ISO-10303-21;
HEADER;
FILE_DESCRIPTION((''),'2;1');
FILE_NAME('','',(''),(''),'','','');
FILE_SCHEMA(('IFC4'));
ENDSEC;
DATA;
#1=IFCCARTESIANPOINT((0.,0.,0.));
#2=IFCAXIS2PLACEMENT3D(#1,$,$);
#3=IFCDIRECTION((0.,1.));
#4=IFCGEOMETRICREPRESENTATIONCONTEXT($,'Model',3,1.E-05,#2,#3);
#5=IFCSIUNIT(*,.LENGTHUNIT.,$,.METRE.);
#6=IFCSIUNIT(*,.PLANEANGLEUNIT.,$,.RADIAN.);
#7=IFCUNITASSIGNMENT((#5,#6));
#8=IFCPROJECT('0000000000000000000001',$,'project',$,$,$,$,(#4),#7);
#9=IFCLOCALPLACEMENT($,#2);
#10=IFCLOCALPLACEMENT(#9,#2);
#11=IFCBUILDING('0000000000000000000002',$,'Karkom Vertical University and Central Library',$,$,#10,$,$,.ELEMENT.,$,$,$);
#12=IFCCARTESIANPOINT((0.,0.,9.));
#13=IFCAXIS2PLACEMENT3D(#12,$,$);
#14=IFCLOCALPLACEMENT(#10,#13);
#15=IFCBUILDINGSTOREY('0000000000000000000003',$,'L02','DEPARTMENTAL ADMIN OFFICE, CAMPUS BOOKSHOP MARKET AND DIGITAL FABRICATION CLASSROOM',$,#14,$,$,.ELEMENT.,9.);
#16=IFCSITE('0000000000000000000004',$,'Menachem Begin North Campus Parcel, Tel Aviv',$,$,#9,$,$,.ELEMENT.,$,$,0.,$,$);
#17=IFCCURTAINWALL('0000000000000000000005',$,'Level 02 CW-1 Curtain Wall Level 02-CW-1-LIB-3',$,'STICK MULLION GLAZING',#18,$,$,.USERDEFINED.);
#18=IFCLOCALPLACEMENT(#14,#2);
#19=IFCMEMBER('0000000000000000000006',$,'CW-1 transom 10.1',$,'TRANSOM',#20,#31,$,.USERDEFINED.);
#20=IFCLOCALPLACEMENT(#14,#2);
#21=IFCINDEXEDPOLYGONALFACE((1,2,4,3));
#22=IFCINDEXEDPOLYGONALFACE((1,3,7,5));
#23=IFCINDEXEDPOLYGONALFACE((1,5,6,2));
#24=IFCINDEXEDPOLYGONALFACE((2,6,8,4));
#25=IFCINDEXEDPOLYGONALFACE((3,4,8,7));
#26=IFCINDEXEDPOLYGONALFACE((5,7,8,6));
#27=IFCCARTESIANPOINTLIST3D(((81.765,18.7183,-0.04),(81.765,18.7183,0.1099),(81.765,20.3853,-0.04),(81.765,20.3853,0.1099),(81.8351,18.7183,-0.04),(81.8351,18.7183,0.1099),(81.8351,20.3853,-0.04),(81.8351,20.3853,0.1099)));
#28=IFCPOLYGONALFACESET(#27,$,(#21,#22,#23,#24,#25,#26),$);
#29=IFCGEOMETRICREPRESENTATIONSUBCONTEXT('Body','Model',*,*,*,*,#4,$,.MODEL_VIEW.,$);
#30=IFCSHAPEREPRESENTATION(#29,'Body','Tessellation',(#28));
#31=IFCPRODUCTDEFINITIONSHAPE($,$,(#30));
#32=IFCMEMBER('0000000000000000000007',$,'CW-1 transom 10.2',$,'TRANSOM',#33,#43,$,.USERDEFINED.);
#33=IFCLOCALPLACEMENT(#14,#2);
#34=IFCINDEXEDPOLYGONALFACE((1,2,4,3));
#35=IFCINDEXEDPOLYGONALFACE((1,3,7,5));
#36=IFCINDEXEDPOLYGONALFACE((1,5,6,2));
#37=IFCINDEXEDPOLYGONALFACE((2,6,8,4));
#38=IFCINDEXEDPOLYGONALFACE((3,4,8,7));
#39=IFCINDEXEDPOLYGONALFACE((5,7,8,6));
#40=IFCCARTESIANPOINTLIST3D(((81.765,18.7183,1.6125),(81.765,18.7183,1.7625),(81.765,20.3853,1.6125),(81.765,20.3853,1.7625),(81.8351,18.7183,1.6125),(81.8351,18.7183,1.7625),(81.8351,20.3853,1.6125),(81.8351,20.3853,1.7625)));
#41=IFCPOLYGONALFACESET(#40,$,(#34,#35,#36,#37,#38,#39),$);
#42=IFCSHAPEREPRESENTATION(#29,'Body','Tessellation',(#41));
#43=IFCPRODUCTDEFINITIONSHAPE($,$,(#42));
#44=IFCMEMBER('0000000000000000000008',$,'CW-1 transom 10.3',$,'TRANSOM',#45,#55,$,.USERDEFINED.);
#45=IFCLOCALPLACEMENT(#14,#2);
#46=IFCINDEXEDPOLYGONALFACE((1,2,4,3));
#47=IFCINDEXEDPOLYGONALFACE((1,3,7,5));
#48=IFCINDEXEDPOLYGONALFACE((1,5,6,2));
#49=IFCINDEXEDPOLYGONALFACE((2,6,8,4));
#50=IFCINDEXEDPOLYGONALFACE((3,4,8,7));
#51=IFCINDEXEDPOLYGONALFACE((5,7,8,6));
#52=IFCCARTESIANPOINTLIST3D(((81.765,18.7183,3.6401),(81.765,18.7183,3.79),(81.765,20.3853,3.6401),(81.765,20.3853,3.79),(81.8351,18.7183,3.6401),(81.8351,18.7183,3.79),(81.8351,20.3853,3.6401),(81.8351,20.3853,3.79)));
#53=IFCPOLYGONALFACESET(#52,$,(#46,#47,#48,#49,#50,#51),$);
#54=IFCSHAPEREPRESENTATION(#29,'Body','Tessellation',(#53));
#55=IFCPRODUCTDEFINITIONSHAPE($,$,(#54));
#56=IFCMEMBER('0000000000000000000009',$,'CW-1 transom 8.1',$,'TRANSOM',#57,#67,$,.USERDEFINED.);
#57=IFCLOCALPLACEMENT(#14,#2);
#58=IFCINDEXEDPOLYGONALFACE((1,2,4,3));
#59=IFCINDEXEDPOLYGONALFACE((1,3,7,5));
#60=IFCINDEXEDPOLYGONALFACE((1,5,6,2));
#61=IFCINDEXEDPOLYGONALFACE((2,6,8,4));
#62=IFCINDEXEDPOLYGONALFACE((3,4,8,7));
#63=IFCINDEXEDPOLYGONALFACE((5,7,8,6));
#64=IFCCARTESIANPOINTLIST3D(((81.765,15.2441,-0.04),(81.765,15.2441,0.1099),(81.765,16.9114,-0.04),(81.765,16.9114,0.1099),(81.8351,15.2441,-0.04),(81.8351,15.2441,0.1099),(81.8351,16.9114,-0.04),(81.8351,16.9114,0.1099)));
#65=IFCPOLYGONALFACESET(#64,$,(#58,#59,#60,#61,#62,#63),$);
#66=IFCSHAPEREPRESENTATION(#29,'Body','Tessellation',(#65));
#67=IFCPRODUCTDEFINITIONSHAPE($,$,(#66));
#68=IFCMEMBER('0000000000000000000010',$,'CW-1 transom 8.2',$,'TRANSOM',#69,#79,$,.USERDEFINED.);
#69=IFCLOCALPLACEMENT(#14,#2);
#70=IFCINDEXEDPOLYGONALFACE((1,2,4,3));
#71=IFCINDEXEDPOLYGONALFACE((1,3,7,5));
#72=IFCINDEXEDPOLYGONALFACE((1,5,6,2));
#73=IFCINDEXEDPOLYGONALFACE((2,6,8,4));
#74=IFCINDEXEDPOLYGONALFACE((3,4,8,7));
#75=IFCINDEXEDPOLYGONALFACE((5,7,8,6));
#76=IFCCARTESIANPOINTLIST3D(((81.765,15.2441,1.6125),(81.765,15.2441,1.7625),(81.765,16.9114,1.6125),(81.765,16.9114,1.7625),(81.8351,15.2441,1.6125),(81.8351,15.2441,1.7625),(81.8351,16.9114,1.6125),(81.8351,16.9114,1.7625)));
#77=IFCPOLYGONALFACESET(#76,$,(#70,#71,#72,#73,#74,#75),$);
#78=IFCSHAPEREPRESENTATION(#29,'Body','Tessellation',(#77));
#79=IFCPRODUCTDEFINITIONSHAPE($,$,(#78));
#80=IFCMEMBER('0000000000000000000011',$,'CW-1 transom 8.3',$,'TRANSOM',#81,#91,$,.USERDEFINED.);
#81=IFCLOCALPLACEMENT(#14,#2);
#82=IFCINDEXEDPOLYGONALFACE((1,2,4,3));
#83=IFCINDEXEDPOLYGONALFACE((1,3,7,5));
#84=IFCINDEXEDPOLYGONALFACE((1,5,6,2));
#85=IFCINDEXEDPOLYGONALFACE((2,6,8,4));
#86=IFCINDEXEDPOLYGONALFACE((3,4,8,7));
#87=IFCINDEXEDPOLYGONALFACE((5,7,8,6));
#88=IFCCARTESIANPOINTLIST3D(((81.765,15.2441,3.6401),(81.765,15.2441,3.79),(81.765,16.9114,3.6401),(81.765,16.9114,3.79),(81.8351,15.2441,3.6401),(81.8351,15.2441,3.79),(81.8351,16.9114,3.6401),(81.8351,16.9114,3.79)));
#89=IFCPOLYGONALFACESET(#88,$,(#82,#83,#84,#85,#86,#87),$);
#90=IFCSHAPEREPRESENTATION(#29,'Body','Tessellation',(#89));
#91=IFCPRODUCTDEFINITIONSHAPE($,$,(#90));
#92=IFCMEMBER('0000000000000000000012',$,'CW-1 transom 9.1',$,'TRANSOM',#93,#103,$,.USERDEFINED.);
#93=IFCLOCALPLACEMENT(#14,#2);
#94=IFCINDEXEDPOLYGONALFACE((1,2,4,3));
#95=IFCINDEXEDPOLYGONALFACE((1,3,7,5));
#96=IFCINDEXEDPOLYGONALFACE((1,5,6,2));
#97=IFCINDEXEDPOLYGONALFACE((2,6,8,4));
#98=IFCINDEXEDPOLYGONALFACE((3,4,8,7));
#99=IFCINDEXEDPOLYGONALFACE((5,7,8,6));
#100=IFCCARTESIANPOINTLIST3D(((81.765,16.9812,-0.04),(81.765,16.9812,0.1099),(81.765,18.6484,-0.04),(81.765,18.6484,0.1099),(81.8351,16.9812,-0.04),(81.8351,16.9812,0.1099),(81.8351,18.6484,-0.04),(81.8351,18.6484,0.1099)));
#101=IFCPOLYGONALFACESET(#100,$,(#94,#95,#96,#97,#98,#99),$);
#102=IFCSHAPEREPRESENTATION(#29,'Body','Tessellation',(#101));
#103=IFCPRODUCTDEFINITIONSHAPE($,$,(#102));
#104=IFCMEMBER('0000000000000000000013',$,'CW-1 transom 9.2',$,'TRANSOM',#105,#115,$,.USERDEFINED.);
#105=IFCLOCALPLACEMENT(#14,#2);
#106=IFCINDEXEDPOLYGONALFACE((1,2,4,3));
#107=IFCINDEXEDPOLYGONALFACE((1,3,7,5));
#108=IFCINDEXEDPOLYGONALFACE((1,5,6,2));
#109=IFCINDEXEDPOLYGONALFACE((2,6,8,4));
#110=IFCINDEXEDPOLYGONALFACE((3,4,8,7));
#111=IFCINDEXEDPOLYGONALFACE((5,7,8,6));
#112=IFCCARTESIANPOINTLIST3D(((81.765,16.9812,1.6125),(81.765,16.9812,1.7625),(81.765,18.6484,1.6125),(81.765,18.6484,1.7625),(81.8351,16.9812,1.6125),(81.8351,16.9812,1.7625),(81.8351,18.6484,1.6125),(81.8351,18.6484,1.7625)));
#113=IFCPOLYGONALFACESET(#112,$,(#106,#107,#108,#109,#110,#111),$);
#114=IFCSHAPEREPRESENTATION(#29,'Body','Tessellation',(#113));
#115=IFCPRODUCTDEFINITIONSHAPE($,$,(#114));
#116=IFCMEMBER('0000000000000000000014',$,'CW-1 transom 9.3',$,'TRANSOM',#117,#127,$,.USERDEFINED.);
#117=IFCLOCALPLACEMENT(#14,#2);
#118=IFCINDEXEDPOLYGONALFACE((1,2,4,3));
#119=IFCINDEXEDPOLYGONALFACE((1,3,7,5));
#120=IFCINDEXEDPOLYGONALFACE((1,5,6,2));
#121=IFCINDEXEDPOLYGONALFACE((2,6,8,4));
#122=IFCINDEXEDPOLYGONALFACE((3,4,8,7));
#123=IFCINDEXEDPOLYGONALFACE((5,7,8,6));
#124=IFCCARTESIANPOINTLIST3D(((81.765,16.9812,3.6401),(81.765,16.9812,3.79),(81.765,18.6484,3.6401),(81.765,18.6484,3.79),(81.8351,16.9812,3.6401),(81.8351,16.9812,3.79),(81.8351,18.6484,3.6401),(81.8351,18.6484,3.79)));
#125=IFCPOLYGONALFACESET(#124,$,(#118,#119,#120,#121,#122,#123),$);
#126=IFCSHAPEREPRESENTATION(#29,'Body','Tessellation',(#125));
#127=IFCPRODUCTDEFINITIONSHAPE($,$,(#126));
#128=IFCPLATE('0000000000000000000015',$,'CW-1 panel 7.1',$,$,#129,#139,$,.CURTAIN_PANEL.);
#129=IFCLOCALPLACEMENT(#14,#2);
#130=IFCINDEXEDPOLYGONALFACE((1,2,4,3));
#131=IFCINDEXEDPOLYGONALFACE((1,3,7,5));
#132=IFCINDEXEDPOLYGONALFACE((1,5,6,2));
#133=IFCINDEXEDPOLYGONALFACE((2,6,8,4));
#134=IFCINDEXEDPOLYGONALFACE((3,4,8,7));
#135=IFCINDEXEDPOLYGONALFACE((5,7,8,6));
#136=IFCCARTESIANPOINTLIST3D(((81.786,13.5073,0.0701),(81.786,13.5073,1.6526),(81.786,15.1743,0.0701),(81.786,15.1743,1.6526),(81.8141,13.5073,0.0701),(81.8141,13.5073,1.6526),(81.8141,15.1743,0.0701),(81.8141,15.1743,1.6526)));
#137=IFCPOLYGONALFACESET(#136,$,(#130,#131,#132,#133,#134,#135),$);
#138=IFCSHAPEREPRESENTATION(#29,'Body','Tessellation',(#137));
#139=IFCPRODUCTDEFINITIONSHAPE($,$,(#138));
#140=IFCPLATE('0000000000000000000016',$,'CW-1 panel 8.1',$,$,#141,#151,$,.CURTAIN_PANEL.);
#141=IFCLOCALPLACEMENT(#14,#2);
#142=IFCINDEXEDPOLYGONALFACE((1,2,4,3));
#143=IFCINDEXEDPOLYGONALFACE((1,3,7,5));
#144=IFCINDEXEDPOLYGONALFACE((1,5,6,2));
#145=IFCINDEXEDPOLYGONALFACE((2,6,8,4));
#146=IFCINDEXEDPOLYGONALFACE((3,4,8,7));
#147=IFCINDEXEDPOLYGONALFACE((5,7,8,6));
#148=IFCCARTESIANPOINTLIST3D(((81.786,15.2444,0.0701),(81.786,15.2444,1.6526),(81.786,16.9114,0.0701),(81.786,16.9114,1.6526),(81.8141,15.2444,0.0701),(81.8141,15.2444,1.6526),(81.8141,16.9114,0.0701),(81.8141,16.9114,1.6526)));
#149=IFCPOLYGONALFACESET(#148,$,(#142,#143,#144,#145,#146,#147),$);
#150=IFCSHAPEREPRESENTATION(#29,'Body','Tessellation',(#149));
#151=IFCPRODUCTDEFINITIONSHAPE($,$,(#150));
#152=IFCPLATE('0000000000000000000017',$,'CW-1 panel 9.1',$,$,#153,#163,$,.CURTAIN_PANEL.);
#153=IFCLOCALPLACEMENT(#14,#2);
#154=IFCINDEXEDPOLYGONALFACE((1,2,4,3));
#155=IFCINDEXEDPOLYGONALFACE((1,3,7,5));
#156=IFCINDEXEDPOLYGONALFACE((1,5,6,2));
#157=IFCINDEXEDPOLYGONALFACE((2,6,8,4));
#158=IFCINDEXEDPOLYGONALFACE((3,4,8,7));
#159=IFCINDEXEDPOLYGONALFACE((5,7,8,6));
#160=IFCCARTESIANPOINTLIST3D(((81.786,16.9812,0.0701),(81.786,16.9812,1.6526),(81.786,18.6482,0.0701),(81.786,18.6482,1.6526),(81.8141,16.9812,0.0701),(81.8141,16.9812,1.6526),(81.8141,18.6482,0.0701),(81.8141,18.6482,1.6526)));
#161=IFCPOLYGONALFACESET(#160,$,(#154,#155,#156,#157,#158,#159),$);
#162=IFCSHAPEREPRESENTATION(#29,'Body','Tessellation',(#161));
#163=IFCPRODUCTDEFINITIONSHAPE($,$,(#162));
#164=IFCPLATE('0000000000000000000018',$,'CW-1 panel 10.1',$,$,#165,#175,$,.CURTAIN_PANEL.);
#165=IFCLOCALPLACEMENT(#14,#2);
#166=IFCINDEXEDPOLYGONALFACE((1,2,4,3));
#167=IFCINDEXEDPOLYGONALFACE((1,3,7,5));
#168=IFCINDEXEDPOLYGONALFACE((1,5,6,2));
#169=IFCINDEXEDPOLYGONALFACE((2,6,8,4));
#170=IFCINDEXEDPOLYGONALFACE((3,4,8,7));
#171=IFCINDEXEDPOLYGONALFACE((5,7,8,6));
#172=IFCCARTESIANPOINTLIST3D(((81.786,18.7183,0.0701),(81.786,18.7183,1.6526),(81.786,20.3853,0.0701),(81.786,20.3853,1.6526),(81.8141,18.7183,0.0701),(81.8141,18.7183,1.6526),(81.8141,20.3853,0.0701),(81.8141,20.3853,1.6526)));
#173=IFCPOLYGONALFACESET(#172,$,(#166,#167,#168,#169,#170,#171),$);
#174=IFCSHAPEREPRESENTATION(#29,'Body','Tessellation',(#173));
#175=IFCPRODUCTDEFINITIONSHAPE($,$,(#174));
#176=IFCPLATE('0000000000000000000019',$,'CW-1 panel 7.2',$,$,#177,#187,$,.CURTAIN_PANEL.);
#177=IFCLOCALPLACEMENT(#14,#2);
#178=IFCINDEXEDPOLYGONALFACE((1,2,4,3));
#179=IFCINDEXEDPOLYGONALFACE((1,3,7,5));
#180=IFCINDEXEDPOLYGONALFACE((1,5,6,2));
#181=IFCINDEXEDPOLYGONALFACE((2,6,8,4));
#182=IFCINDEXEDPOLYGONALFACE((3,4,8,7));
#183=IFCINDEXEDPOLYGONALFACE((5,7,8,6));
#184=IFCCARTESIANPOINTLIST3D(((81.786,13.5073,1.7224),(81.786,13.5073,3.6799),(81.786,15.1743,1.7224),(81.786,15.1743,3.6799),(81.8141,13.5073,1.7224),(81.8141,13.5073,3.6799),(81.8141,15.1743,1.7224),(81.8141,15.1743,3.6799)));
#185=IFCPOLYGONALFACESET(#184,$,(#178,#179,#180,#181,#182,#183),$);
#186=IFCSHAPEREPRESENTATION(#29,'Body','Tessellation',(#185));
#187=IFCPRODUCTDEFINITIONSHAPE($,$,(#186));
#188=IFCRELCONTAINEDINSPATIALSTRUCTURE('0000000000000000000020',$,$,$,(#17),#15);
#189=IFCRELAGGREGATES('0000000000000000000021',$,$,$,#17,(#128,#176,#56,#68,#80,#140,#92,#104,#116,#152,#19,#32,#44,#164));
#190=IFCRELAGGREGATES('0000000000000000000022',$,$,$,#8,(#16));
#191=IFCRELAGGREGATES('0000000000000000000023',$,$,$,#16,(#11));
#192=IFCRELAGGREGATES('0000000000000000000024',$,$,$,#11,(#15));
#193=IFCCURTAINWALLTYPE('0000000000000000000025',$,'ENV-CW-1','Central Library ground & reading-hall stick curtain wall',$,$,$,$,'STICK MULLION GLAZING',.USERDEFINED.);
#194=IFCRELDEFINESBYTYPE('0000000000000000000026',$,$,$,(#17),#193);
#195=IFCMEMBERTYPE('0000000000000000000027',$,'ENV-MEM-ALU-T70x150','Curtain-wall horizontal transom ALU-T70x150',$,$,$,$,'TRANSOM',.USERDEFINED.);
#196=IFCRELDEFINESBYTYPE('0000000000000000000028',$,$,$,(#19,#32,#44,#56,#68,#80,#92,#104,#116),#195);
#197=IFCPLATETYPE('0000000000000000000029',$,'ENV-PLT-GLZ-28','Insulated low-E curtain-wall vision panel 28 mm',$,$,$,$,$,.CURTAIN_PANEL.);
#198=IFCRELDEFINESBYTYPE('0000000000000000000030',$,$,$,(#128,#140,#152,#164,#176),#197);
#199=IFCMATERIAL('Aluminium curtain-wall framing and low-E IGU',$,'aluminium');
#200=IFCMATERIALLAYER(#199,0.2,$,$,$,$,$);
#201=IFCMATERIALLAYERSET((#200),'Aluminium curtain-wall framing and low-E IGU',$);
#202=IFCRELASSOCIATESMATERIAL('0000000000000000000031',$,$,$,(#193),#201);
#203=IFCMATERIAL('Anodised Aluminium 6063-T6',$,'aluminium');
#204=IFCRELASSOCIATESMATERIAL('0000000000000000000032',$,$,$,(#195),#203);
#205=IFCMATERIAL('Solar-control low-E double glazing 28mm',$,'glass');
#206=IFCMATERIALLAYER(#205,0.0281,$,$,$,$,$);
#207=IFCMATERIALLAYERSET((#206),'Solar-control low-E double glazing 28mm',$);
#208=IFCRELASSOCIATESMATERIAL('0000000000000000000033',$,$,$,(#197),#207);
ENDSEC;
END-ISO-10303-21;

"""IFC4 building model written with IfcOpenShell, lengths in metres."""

from ifc_helpers import new_model, si_unit, direction, frame, origin, origin_with_axes, origin_2d, place, context, subcontext, project, spatial, rectangle, extrude, source, transform, mapped, material, layer, layer_set, material_profile, profile_set, type_object, element, aggregate, save


model = new_model("IFC4")

# Units and contexts
model_context = context("Model", 3, precision=1e-05, world=origin(), true_north=direction((0.0, 1.0)))
body_context = subcontext(model_context, "Body", "Model", "MODEL_VIEW")
ifc_project = project(units=[si_unit("LENGTHUNIT", "METRE"), si_unit("PLANEANGLEUNIT", "RADIAN")], contexts=[model_context])

# Site, building, storey
site_placement = place(None, origin())
site = spatial("IfcSite", under=ifc_project, at=site_placement, Name="Menachem Begin North Campus Parcel, Tel Aviv", CompositionType="ELEMENT", RefElevation=0.0)
building_placement = place(site_placement, origin())
building = spatial("IfcBuilding", under=site, at=building_placement, Name="Karkom Vertical University and Central Library", CompositionType="ELEMENT")
storey_placement = place(building_placement, frame((0.0, 0.0, 9.0)))
storey = spatial("IfcBuildingStorey", under=building, at=storey_placement, Name="L02", Description="DEPARTMENTAL ADMIN OFFICE, CAMPUS BOOKSHOP MARKET AND DIGITAL FABRICATION CLASSROOM", CompositionType="ELEMENT", Elevation=9.0)

# Curtain wall, members, plates
ifc_material_1 = material(Name="Aluminium curtain-wall framing and low-E IGU", Category="aluminium")
ifc_layer_1 = layer(ifc_material_1, 0.2)
ifc_layer_set_1 = layer_set([ifc_layer_1], Name="Aluminium curtain-wall framing and low-E IGU")
curtain_wall_type = type_object("IfcCurtainWallType", Name="ENV-CW-1", Description="Central Library ground & reading-hall stick curtain wall", ElementType="STICK MULLION GLAZING", PredefinedType="USERDEFINED", material=ifc_layer_set_1)
curtain_wall_placement = place(storey_placement, origin())
curtain_wall = element("IfcCurtainWall", 1, at=curtain_wall_placement, inside=storey, type_object=curtain_wall_type, Name="Level 02 CW-1 Curtain Wall Level 02-CW-1-LIB-3", ObjectType="STICK MULLION GLAZING", PredefinedType="USERDEFINED")
ifc_material_2 = material(Name="Anodised Aluminium 6063-T6", Category="aluminium")
ifc_material_profile_1 = material_profile(ifc_material_2, rectangle(XDim=0.0701, YDim=0.1499, at=origin_2d()), Name="ALU-T70x150")
ifc_profile_set_1 = profile_set([ifc_material_profile_1], Name="Anodised Aluminium 6063-T6")
member_type_1 = type_object("IfcMemberType", Name="ENV-MEM-ALU-T70x150", Description="Curtain-wall horizontal transom ALU-T70x150", ElementType="TRANSOM", PredefinedType="USERDEFINED", material=ifc_profile_set_1)
shared_shape_1 = source(origin_with_axes(), body_context, "Body", "SweptSolid", [
    extrude(rectangle(XDim=0.0701, YDim=0.1499, at=origin_2d()), origin(), (0.0, 0.0, 1.0), 1.667),
])
member_1_placement = place(storey_placement, frame((81.8, 18.7183, 0.0349), z_axis=(0.0, 1.0, 0.0), x_axis=(-1.0, 0.0, 0.0)))
member_1 = element("IfcMember", 2, at=member_1_placement, type_object=member_type_1, Name="CW-1 transom 10.1", ObjectType="TRANSOM", PredefinedType="USERDEFINED", context=body_context, shape_type="MappedRepresentation", body=[
    mapped(shared_shape_1, transform((0.0, 0.0, 0.0), scale=1.0)),
])
member_2_placement = place(storey_placement, frame((81.8, 18.7183, 1.6875), z_axis=(0.0, 1.0, 0.0), x_axis=(-1.0, 0.0, 0.0)))
member_2 = element("IfcMember", 3, at=member_2_placement, type_object=member_type_1, Name="CW-1 transom 10.2", ObjectType="TRANSOM", PredefinedType="USERDEFINED", context=body_context, shape_type="MappedRepresentation", body=[
    mapped(shared_shape_1, transform((0.0, 0.0, 0.0), scale=1.0)),
])
member_3_placement = place(storey_placement, frame((81.8, 18.7183, 3.7151), z_axis=(0.0, 1.0, 0.0), x_axis=(-1.0, 0.0, 0.0)))
member_3 = element("IfcMember", 4, at=member_3_placement, type_object=member_type_1, Name="CW-1 transom 10.3", ObjectType="TRANSOM", PredefinedType="USERDEFINED", context=body_context, shape_type="MappedRepresentation", body=[
    mapped(shared_shape_1, transform((0.0, 0.0, 0.0), scale=1.0)),
])
shared_shape_2 = source(origin_with_axes(), body_context, "Body", "SweptSolid", [
    extrude(rectangle(XDim=0.0701, YDim=0.1499, at=origin_2d()), origin(), (0.0, 0.0, 1.0), 1.6672),
])
member_4_placement = place(storey_placement, frame((81.8, 15.2441, 0.0349), z_axis=(0.0, 1.0, 0.0), x_axis=(-1.0, 0.0, 0.0)))
member_4 = element("IfcMember", 5, at=member_4_placement, type_object=member_type_1, Name="CW-1 transom 8.1", ObjectType="TRANSOM", PredefinedType="USERDEFINED", context=body_context, shape_type="MappedRepresentation", body=[
    mapped(shared_shape_2, transform((0.0, 0.0, 0.0), scale=1.0)),
])
member_5_placement = place(storey_placement, frame((81.8, 15.2441, 1.6875), z_axis=(0.0, 1.0, 0.0), x_axis=(-1.0, 0.0, 0.0)))
member_5 = element("IfcMember", 6, at=member_5_placement, type_object=member_type_1, Name="CW-1 transom 8.2", ObjectType="TRANSOM", PredefinedType="USERDEFINED", context=body_context, shape_type="MappedRepresentation", body=[
    mapped(shared_shape_2, transform((0.0, 0.0, 0.0), scale=1.0)),
])
member_6_placement = place(storey_placement, frame((81.8, 15.2441, 3.7151), z_axis=(0.0, 1.0, 0.0), x_axis=(-1.0, 0.0, 0.0)))
member_6 = element("IfcMember", 7, at=member_6_placement, type_object=member_type_1, Name="CW-1 transom 8.3", ObjectType="TRANSOM", PredefinedType="USERDEFINED", context=body_context, shape_type="MappedRepresentation", body=[
    mapped(shared_shape_2, transform((0.0, 0.0, 0.0), scale=1.0)),
])
member_7_placement = place(storey_placement, frame((81.8, 16.9812, 0.0349), z_axis=(0.0, 1.0, 0.0), x_axis=(-1.0, 0.0, 0.0)))
member_7 = element("IfcMember", 8, at=member_7_placement, type_object=member_type_1, Name="CW-1 transom 9.1", ObjectType="TRANSOM", PredefinedType="USERDEFINED", context=body_context, shape_type="MappedRepresentation", body=[
    mapped(shared_shape_2, transform((0.0, 0.0, 0.0), scale=1.0)),
])
member_8_placement = place(storey_placement, frame((81.8, 16.9812, 1.6875), z_axis=(0.0, 1.0, 0.0), x_axis=(-1.0, 0.0, 0.0)))
member_8 = element("IfcMember", 9, at=member_8_placement, type_object=member_type_1, Name="CW-1 transom 9.2", ObjectType="TRANSOM", PredefinedType="USERDEFINED", context=body_context, shape_type="MappedRepresentation", body=[
    mapped(shared_shape_2, transform((0.0, 0.0, 0.0), scale=1.0)),
])
member_9_placement = place(storey_placement, frame((81.8, 16.9812, 3.7151), z_axis=(0.0, 1.0, 0.0), x_axis=(-1.0, 0.0, 0.0)))
member_9 = element("IfcMember", 10, at=member_9_placement, type_object=member_type_1, Name="CW-1 transom 9.3", ObjectType="TRANSOM", PredefinedType="USERDEFINED", context=body_context, shape_type="MappedRepresentation", body=[
    mapped(shared_shape_2, transform((0.0, 0.0, 0.0), scale=1.0)),
])
ifc_material_3 = material(Name="Solar-control low-E double glazing 28mm", Category="glass")
ifc_layer_2 = layer(ifc_material_3, 0.0281)
ifc_layer_set_2 = layer_set([ifc_layer_2], Name="Solar-control low-E double glazing 28mm")
plate_type = type_object("IfcPlateType", Name="ENV-PLT-GLZ-28", Description="Insulated low-E curtain-wall vision panel 28 mm", PredefinedType="CURTAIN_PANEL", material=ifc_layer_set_2)
shared_shape_3 = source(origin_with_axes(), body_context, "Body", "SweptSolid", [
    extrude(rectangle(XDim=1.667, YDim=0.0281, at=origin_2d()), origin(), (0.0, 0.0, 1.0), 1.5825),
])
plate_1_placement = place(storey_placement, frame((81.8, 14.3408, 0.0701), z_axis=(0.0, 0.0, 1.0), x_axis=(0.0, 1.0, 0.0)))
plate_1 = element("IfcPlate", 11, at=plate_1_placement, type_object=plate_type, Name="CW-1 panel 7.1", PredefinedType="CURTAIN_PANEL", context=body_context, shape_type="MappedRepresentation", body=[
    mapped(shared_shape_3, transform((0.0, 0.0, 0.0), scale=1.0)),
])
plate_2_placement = place(storey_placement, frame((81.8, 16.0779, 0.0701), z_axis=(0.0, 0.0, 1.0), x_axis=(0.0, 1.0, 0.0)))
plate_2 = element("IfcPlate", 12, at=plate_2_placement, type_object=plate_type, Name="CW-1 panel 8.1", PredefinedType="CURTAIN_PANEL", context=body_context, shape_type="MappedRepresentation", body=[
    mapped(shared_shape_3, transform((0.0, 0.0, 0.0), scale=1.0)),
])
plate_3_placement = place(storey_placement, frame((81.8, 17.8147, 0.0701), z_axis=(0.0, 0.0, 1.0), x_axis=(0.0, 1.0, 0.0)))
plate_3 = element("IfcPlate", 13, at=plate_3_placement, type_object=plate_type, Name="CW-1 panel 9.1", PredefinedType="CURTAIN_PANEL", context=body_context, shape_type="MappedRepresentation", body=[
    mapped(shared_shape_3, transform((0.0, 0.0, 0.0), scale=1.0)),
])
plate_4_placement = place(storey_placement, frame((81.8, 19.5518, 0.0701), z_axis=(0.0, 0.0, 1.0), x_axis=(0.0, 1.0, 0.0)))
plate_4 = element("IfcPlate", 14, at=plate_4_placement, type_object=plate_type, Name="CW-1 panel 10.1", PredefinedType="CURTAIN_PANEL", context=body_context, shape_type="MappedRepresentation", body=[
    mapped(shared_shape_3, transform((0.0, 0.0, 0.0), scale=1.0)),
])
shared_shape_4 = source(origin_with_axes(), body_context, "Body", "SweptSolid", [
    extrude(rectangle(XDim=1.667, YDim=0.0281, at=origin_2d()), origin(), (0.0, 0.0, 1.0), 1.9575),
])
plate_5_placement = place(storey_placement, frame((81.8, 14.3408, 1.7224), z_axis=(0.0, 0.0, 1.0), x_axis=(0.0, 1.0, 0.0)))
plate_5 = element("IfcPlate", 15, at=plate_5_placement, type_object=plate_type, Name="CW-1 panel 7.2", PredefinedType="CURTAIN_PANEL", context=body_context, shape_type="MappedRepresentation", body=[
    mapped(shared_shape_4, transform((0.0, 0.0, 0.0), scale=1.0)),
])
aggregate(curtain_wall, [plate_1, plate_5, member_4, member_5, member_6, plate_2, member_7, member_8, member_9, plate_3, member_1, member_2, member_3, plate_4])

save(model, "model.ifc")
